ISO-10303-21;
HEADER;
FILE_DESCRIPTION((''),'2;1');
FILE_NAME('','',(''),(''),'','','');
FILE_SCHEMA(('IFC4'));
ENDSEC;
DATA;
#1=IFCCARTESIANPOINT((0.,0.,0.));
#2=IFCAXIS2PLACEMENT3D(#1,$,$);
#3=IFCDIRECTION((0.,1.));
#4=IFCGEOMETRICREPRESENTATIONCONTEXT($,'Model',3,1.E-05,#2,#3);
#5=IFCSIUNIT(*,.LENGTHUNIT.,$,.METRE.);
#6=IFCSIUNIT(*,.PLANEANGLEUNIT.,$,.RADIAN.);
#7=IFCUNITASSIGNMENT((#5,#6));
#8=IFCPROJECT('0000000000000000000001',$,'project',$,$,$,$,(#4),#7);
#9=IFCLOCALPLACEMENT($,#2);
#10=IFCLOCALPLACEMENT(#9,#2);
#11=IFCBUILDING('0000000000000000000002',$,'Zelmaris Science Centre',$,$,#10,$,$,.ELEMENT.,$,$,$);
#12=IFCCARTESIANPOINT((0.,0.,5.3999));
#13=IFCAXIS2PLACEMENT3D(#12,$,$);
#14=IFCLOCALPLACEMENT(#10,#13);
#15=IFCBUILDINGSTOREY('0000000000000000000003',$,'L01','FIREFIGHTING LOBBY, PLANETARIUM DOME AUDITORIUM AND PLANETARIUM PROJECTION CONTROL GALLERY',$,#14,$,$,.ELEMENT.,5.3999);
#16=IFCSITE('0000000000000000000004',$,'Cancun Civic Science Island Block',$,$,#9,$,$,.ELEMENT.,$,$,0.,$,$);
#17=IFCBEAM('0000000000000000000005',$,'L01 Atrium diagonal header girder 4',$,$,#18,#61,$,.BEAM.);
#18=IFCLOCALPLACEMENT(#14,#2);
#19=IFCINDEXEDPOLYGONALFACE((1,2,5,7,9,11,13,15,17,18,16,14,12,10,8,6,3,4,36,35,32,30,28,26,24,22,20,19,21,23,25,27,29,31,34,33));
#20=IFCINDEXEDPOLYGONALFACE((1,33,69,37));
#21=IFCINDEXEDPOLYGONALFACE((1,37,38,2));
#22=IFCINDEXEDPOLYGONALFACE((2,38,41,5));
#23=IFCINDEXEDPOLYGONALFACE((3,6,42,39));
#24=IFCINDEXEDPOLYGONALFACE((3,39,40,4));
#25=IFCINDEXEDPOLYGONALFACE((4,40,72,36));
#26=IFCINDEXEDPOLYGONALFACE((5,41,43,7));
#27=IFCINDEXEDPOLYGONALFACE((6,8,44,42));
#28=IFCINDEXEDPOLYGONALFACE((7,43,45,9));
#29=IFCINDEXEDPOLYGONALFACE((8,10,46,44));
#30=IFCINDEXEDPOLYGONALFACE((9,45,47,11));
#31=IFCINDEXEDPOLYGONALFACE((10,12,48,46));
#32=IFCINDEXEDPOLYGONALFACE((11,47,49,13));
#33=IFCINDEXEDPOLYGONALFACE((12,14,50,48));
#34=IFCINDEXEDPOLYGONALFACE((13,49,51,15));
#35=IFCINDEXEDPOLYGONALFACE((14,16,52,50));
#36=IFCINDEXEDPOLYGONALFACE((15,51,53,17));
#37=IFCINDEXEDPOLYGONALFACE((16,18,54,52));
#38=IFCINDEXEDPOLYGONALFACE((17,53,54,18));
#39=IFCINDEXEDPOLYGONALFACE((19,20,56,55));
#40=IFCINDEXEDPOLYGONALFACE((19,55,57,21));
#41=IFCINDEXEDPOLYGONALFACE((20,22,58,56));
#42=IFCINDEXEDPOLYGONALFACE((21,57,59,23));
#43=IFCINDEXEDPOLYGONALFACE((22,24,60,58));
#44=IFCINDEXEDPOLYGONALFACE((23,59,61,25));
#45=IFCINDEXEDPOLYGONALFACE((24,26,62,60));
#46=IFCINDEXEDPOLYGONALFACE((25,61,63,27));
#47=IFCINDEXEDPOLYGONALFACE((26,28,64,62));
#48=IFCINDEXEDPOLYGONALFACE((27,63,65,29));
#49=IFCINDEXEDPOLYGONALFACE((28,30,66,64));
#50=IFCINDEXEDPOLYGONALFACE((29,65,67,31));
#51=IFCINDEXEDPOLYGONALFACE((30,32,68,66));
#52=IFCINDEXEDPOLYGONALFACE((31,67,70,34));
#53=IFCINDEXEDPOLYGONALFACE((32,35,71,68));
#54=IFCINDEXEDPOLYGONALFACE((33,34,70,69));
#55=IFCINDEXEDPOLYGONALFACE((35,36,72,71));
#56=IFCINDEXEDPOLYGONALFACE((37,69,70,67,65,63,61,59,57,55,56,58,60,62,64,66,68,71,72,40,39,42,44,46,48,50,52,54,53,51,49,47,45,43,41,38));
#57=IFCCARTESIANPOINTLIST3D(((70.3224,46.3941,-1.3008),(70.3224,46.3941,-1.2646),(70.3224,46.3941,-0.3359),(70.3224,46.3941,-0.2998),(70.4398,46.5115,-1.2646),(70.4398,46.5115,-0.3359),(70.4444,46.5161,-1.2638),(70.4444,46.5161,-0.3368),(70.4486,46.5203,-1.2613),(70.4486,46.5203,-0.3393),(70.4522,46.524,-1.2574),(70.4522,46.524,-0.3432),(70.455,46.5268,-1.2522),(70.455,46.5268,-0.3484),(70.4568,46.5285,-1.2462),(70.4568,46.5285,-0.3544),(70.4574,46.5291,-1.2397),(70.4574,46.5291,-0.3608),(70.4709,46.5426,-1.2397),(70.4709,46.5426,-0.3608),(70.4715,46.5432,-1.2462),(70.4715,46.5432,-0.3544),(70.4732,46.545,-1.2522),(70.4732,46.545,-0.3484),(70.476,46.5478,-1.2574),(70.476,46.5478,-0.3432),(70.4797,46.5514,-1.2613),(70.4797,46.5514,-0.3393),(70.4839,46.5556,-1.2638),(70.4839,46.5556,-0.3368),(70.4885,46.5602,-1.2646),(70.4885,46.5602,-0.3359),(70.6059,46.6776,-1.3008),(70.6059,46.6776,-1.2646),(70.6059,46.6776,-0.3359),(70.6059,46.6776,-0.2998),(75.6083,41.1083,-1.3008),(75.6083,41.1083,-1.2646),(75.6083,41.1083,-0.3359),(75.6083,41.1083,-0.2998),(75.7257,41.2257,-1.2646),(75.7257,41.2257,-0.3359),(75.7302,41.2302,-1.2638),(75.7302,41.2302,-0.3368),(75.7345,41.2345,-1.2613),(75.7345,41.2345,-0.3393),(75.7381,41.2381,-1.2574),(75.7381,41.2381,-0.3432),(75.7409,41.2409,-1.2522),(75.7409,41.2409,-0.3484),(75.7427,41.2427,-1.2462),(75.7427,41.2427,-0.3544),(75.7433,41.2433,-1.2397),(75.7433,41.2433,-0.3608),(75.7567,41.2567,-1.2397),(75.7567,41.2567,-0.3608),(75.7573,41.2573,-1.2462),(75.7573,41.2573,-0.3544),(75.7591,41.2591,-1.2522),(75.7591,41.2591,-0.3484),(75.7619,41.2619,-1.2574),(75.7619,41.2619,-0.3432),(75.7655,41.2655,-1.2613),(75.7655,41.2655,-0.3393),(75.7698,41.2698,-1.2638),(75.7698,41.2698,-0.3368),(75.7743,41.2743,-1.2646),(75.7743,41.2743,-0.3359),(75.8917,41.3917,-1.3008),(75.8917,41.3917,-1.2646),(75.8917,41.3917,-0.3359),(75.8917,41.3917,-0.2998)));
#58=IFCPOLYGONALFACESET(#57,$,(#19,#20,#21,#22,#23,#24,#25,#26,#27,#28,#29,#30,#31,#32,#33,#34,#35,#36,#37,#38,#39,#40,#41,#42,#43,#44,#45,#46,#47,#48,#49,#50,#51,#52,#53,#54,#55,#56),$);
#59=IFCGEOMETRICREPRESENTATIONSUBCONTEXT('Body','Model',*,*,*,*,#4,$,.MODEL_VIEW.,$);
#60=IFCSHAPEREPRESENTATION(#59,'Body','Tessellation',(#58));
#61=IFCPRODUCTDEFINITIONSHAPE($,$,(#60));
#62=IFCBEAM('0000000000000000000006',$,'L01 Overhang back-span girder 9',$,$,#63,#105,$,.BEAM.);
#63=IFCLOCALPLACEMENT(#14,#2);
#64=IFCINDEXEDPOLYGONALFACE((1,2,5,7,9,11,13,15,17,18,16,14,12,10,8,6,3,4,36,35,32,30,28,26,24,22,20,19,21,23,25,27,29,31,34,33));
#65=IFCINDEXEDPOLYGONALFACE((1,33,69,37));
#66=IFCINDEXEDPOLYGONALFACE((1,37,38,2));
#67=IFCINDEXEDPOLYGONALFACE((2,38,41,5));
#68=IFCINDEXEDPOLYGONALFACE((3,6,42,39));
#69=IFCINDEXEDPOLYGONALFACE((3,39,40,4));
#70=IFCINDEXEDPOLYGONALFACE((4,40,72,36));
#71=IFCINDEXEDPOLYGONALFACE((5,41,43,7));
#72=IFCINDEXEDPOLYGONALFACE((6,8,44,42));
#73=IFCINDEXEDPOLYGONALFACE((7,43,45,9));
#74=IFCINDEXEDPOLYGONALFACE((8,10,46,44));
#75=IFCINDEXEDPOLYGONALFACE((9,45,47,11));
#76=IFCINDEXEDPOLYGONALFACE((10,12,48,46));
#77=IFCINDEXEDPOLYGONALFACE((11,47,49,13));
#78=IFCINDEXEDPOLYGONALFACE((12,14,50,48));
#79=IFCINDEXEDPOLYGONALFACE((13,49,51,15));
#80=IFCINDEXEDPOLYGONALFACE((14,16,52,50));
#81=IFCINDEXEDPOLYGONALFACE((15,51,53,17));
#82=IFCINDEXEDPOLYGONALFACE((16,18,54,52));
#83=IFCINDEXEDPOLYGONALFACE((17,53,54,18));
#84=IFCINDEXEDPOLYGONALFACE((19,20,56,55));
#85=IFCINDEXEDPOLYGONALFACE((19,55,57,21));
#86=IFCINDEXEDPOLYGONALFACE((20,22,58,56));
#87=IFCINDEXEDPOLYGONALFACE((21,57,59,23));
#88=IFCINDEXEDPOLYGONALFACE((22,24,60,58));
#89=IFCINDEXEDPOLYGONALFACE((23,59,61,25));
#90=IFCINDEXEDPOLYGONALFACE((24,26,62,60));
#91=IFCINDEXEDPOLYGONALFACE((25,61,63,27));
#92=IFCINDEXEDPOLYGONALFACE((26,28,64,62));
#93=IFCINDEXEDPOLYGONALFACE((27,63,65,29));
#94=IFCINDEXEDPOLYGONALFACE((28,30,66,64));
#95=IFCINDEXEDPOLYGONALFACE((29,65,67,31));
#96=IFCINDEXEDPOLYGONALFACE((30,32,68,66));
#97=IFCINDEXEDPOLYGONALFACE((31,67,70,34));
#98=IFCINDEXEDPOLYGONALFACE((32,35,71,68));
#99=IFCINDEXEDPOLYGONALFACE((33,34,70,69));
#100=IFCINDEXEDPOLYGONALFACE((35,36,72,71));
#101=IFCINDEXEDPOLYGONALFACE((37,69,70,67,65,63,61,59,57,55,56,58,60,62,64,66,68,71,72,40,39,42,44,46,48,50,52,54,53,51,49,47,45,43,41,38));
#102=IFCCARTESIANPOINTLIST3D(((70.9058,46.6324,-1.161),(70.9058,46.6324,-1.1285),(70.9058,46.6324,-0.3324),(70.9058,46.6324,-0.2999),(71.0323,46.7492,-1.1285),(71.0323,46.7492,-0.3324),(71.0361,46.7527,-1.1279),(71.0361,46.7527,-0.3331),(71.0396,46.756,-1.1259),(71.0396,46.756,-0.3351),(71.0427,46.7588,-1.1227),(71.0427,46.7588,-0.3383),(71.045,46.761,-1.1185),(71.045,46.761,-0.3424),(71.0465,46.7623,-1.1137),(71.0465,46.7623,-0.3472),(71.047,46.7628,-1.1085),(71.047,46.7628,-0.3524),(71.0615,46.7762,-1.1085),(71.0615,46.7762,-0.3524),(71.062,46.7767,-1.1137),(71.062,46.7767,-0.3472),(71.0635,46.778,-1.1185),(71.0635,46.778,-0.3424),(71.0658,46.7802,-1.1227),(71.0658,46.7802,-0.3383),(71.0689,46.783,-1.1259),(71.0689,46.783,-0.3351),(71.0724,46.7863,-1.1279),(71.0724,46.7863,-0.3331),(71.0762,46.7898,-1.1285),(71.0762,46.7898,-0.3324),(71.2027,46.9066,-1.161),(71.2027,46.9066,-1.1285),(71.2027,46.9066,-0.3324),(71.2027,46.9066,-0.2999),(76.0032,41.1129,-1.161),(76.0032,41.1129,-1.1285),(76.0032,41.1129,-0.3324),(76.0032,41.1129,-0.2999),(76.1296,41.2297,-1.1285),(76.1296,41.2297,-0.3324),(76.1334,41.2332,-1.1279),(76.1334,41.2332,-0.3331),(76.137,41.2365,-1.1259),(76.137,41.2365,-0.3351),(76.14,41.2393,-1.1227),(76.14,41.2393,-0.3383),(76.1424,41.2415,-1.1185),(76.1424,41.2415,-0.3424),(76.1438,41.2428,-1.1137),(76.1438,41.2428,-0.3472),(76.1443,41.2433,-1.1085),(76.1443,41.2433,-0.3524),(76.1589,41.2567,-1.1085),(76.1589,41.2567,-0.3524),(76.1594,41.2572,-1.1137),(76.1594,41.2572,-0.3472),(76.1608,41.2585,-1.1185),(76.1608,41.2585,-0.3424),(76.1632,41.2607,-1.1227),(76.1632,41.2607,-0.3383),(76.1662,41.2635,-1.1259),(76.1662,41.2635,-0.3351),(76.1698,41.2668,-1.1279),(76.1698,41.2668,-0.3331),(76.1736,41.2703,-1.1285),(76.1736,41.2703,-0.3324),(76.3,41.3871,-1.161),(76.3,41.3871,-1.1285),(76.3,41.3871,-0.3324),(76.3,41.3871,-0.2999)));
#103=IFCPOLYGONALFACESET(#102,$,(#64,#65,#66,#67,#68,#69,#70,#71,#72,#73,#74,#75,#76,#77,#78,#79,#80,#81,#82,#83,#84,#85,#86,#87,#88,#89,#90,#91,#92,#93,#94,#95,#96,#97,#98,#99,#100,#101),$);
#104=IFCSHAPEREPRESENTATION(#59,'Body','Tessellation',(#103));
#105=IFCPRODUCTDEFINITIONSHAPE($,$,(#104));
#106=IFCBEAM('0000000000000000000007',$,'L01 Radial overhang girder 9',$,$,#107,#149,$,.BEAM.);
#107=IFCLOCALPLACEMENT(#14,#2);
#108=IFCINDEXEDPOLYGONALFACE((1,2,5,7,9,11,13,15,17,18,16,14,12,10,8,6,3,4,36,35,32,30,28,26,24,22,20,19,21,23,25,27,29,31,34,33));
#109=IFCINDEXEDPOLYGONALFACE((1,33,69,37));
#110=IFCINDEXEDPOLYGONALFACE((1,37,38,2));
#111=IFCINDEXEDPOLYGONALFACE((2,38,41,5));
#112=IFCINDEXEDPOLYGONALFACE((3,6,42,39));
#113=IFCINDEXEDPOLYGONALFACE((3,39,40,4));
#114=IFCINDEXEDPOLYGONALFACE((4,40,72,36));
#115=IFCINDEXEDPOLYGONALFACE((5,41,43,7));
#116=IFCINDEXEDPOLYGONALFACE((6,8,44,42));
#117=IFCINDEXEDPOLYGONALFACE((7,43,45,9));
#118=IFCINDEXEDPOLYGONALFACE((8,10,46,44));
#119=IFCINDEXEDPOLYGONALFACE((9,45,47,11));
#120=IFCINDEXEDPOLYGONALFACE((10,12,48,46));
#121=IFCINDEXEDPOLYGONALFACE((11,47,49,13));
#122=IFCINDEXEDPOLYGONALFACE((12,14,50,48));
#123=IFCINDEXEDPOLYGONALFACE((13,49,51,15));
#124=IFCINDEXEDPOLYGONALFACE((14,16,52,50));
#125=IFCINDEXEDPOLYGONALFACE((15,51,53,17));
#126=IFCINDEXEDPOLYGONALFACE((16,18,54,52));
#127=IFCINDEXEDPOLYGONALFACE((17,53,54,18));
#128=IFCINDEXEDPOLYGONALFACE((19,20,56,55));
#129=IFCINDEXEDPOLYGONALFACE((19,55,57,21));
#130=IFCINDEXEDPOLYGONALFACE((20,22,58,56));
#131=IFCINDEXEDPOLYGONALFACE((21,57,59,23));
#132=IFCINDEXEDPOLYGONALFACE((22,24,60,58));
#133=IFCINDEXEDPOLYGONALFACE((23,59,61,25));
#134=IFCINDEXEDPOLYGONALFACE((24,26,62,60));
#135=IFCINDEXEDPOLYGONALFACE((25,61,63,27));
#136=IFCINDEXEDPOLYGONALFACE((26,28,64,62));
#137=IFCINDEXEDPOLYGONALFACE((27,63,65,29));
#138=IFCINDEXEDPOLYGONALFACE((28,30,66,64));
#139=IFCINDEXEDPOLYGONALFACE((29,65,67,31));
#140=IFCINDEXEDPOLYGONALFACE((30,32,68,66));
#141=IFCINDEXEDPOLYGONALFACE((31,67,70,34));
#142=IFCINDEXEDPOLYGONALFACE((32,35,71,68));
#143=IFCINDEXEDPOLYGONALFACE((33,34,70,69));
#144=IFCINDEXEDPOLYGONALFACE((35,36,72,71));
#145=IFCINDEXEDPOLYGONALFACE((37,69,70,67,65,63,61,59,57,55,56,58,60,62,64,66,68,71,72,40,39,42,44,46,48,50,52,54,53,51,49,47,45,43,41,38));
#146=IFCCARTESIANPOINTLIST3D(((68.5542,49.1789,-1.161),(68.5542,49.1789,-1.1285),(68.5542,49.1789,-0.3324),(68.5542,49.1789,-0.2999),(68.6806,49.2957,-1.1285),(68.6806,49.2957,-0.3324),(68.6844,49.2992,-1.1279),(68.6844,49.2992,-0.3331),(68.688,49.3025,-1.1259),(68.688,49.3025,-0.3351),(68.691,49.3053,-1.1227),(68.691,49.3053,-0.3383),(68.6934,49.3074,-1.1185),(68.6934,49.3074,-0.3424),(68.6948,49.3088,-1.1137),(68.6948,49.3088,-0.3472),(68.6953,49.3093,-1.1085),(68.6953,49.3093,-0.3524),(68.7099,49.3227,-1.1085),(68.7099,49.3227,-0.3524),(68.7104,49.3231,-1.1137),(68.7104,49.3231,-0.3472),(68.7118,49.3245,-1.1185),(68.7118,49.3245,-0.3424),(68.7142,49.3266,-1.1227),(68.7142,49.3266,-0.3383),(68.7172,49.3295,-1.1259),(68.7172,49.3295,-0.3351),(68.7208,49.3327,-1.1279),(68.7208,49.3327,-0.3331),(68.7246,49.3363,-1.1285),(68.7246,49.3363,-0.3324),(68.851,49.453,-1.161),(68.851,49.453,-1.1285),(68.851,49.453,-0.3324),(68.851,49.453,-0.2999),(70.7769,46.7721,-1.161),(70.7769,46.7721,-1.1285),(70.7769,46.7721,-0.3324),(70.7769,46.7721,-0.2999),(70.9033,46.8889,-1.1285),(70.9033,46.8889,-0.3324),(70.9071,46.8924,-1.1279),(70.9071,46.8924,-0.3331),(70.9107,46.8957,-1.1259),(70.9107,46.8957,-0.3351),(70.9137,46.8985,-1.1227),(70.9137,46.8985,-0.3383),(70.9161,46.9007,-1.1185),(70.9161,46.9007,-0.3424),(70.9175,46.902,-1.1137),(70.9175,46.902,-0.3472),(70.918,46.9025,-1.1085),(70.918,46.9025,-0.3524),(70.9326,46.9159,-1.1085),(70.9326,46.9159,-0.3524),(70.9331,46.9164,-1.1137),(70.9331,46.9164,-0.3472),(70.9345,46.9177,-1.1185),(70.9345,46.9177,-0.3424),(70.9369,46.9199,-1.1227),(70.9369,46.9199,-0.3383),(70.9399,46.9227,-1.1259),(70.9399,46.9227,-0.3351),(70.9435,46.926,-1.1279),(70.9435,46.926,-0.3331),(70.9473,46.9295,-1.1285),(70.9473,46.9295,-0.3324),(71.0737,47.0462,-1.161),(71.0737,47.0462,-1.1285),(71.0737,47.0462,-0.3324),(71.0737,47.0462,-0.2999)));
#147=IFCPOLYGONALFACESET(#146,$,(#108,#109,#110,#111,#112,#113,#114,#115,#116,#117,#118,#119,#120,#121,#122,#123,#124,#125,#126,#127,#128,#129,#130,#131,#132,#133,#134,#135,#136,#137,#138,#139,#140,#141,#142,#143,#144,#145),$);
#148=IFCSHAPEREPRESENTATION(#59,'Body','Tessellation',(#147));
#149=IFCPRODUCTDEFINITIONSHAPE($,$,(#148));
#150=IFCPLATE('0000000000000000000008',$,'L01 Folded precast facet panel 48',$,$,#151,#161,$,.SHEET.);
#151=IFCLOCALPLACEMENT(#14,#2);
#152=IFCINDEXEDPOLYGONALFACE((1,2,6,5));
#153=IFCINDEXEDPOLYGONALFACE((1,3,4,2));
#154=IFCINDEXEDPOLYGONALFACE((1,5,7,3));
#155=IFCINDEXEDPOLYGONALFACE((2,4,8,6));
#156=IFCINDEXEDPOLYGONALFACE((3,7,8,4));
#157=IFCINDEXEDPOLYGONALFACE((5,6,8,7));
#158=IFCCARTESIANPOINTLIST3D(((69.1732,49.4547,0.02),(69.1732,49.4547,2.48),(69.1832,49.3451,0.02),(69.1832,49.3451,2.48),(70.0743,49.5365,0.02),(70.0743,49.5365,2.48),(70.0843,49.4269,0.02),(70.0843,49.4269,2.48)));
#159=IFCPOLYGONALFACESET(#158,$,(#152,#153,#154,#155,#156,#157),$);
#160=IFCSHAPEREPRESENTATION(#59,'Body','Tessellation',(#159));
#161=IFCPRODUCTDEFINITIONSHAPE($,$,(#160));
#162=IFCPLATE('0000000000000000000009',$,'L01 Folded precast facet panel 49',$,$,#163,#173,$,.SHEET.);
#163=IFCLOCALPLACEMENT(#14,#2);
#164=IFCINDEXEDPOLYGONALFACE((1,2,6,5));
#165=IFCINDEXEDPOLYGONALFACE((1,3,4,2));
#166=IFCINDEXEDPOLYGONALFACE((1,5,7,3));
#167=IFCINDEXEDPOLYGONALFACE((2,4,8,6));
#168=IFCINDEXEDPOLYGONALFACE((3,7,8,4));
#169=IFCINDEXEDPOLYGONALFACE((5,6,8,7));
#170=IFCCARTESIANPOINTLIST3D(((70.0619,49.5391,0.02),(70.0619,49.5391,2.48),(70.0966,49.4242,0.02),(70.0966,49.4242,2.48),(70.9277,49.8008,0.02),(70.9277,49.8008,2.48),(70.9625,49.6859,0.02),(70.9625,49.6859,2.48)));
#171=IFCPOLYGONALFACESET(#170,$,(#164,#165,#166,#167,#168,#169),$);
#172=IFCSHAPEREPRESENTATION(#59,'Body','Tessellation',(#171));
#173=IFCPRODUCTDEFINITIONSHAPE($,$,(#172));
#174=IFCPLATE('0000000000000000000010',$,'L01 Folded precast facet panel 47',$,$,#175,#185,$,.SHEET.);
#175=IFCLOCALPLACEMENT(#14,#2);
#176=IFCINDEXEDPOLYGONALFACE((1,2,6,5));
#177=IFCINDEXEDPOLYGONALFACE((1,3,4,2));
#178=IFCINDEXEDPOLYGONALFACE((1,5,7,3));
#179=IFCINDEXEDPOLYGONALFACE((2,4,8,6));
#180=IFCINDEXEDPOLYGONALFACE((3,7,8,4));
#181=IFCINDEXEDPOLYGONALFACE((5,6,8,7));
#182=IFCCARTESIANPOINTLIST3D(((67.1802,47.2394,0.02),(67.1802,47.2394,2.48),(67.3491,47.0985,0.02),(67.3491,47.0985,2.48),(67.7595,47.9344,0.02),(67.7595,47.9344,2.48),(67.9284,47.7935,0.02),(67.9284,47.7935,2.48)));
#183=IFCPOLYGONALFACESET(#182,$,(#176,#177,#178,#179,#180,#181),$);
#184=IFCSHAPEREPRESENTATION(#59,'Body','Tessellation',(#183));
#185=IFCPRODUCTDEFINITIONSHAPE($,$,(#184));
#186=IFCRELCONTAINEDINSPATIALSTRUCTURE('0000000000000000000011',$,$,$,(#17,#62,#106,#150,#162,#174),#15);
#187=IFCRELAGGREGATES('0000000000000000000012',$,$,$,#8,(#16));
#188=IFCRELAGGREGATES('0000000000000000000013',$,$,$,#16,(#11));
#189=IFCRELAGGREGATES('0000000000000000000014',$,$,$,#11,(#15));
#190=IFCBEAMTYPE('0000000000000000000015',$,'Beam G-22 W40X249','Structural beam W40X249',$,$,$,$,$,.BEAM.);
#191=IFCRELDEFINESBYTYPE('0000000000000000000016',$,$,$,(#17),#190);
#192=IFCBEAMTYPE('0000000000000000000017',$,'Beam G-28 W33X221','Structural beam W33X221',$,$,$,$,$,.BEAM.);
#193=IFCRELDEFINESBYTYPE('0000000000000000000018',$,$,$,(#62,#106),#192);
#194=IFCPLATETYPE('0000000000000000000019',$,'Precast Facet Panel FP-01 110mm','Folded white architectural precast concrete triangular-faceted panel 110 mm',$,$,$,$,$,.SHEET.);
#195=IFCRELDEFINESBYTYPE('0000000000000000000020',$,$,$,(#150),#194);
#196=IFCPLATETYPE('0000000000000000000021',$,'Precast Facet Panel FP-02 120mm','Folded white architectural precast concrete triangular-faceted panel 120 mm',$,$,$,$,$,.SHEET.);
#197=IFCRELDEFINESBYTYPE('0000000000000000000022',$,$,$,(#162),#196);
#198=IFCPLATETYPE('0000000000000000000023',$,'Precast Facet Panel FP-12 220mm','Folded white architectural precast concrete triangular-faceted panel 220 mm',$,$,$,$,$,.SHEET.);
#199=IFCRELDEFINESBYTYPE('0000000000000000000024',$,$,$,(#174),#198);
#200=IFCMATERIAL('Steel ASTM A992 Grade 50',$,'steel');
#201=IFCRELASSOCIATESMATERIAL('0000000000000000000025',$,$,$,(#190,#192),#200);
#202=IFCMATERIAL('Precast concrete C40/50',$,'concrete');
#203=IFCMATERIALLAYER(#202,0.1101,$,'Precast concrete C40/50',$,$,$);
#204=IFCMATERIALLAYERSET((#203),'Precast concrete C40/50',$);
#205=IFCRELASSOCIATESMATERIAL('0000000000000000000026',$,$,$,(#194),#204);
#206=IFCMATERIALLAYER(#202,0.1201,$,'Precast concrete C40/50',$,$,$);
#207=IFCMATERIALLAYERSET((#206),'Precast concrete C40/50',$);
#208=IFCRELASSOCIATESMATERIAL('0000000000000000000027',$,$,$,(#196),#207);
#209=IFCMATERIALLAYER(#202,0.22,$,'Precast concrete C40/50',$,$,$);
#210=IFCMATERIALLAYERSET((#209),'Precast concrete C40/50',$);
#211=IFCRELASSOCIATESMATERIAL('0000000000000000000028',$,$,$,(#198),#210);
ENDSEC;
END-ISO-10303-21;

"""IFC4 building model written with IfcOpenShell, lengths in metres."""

from ifc_helpers import new_model, si_unit, direction, frame, frame_2d, origin, origin_2d, place, context, subcontext, project, spatial, rectangle, i_section, extrude, material, layer, layer_set, material_profile, profile_set, type_object, element, save


model = new_model("IFC4")

# Units and contexts
model_context = context("Model", 3, precision=1e-05, world=origin(), true_north=direction((0.0, 1.0)))
body_context = subcontext(model_context, "Body", "Model", "MODEL_VIEW")
ifc_project = project(units=[si_unit("LENGTHUNIT", "METRE"), si_unit("PLANEANGLEUNIT", "RADIAN")], contexts=[model_context])

# Site, building, storey
site_placement = place(None, origin())
site = spatial("IfcSite", under=ifc_project, at=site_placement, Name="Cancun Civic Science Island Block", CompositionType="ELEMENT", RefElevation=0.0)
building_placement = place(site_placement, origin())
building = spatial("IfcBuilding", under=site, at=building_placement, Name="Zelmaris Science Centre", CompositionType="ELEMENT")
storey_placement = place(building_placement, frame((0.0, 0.0, 5.3999)))
storey = spatial("IfcBuildingStorey", under=building, at=storey_placement, Name="L01", Description="FIREFIGHTING LOBBY, PLANETARIUM DOME AUDITORIUM AND PLANETARIUM PROJECTION CONTROL GALLERY", CompositionType="ELEMENT", Elevation=5.3999)

# Shared definitions
ifc_material_1 = material(Name="Steel ASTM A992 Grade 50", Category="steel")

# Beams
ifc_material_profile_1 = material_profile(ifc_material_1, i_section(OverallWidth=0.4009, OverallDepth=1.001, WebThickness=0.019, FlangeThickness=0.0361, FilletRadius=0.0249, at=origin_2d()), Name="W40X249")
ifc_profile_set_1 = profile_set([ifc_material_profile_1], Name="Steel ASTM A992 Grade 50")
beam_type_1 = type_object("IfcBeamType", Name="Beam G-22 W40X249", Description="Structural beam W40X249", PredefinedType="BEAM", material=ifc_profile_set_1)
beam_1_placement = place(storey_placement, frame((75.75, 41.25, -0.8003), z_axis=(-0.707107, 0.707107, 0.0), x_axis=(-0.707107, -0.707107, 0.0)))
element("IfcBeam", 1, at=beam_1_placement, inside=storey, type_object=beam_type_1, Name="L01 Atrium diagonal header girder 4", PredefinedType="BEAM", context=body_context, shape_type="SweptSolid", body=[
    extrude(i_section(OverallWidth=0.4009, OverallDepth=1.001, WebThickness=0.019, FlangeThickness=0.0361, FilletRadius=0.0249, at=origin_2d()), origin(), (0.0, 0.0, 1.0), 7.4753),
])
ifc_material_profile_2 = material_profile(ifc_material_1, i_section(OverallWidth=0.4041, OverallDepth=0.8611, WebThickness=0.0198, FlangeThickness=0.0325, FilletRadius=0.02, at=origin_2d()), Name="W33X221")
ifc_profile_set_2 = profile_set([ifc_material_profile_2], Name="Steel ASTM A992 Grade 50")
beam_type_2 = type_object("IfcBeamType", Name="Beam G-28 W33X221", Description="Structural beam W33X221", PredefinedType="BEAM", material=ifc_profile_set_2)
beam_2_placement = place(storey_placement, frame((76.1516, 41.25, -0.7305), z_axis=(-0.678457, 0.73464, 0.0), x_axis=(-0.73464, -0.678457, 0.0)))
element("IfcBeam", 2, at=beam_2_placement, inside=storey, type_object=beam_type_2, Name="L01 Overhang back-span girder 9", PredefinedType="BEAM", context=body_context, shape_type="SweptSolid", body=[
    extrude(i_section(OverallWidth=0.4041, OverallDepth=0.8611, WebThickness=0.0198, FlangeThickness=0.0325, FilletRadius=0.02, at=origin_2d()), origin(), (0.0, 0.0, 1.0), 7.5132),
])
beam_3_placement = place(storey_placement, frame((70.9253, 46.9092, -0.7305), z_axis=(-0.678453, 0.734643, 0.0), x_axis=(-0.734643, -0.678453, 0.0)))
element("IfcBeam", 3, at=beam_3_placement, inside=storey, type_object=beam_type_2, Name="L01 Radial overhang girder 9", PredefinedType="BEAM", context=body_context, shape_type="SweptSolid", body=[
    extrude(i_section(OverallWidth=0.4041, OverallDepth=0.8611, WebThickness=0.0198, FlangeThickness=0.0325, FilletRadius=0.02, at=origin_2d()), origin(), (0.0, 0.0, 1.0), 3.2761),
])

# Plates
ifc_material_2 = material(Name="Precast concrete C40/50", Category="concrete")
ifc_layer_1 = layer(ifc_material_2, 0.1101, Name="Precast concrete C40/50")
ifc_layer_set_1 = layer_set([ifc_layer_1], Name="Precast concrete C40/50")
plate_type_1 = type_object("IfcPlateType", Name="Precast Facet Panel FP-01 110mm", Description="Folded white architectural precast concrete triangular-faceted panel 110 mm", PredefinedType="SHEET", material=ifc_layer_set_1)
plate_1_placement = place(storey_placement, frame((69.1782, 49.3999, 0.02), z_axis=(0.0, 0.0, 1.0), x_axis=(0.995906, 0.09039, 0.0)))
element("IfcPlate", 4, at=plate_1_placement, inside=storey, type_object=plate_type_1, Name="L01 Folded precast facet panel 48", PredefinedType="SHEET", context=body_context, shape_type="SweptSolid", body=[
    extrude(rectangle(XDim=0.9048, YDim=0.1101, at=frame_2d((0.4524, 0.0))), origin(), (0.0, 0.0, 1.0), 2.46),
])
ifc_layer_2 = layer(ifc_material_2, 0.1201, Name="Precast concrete C40/50")
ifc_layer_set_2 = layer_set([ifc_layer_2], Name="Precast concrete C40/50")
plate_type_2 = type_object("IfcPlateType", Name="Precast Facet Panel FP-02 120mm", Description="Folded white architectural precast concrete triangular-faceted panel 120 mm", PredefinedType="SHEET", material=ifc_layer_set_2)
plate_2_placement = place(storey_placement, frame((70.0793, 49.4817, 0.02), z_axis=(0.0, 0.0, 1.0), x_axis=(0.957238, 0.289303, 0.0)))
element("IfcPlate", 5, at=plate_2_placement, inside=storey, type_object=plate_type_2, Name="L01 Folded precast facet panel 49", PredefinedType="SHEET", context=body_context, shape_type="SweptSolid", body=[
    extrude(rectangle(XDim=0.9045, YDim=0.1201, at=frame_2d((0.4521, 0.0))), origin(), (0.0, 0.0, 1.0), 2.46),
])
ifc_layer_3 = layer(ifc_material_2, 0.22, Name="Precast concrete C40/50")
ifc_layer_set_3 = layer_set([ifc_layer_3], Name="Precast concrete C40/50")
plate_type_3 = type_object("IfcPlateType", Name="Precast Facet Panel FP-12 220mm", Description="Folded white architectural precast concrete triangular-faceted panel 220 mm", PredefinedType="SHEET", material=ifc_layer_set_3)
plate_3_placement = place(storey_placement, frame((67.2646, 47.1689, 0.02), z_axis=(0.0, 0.0, 1.0), x_axis=(0.640264, 0.768155, 0.0)))
element("IfcPlate", 6, at=plate_3_placement, inside=storey, type_object=plate_type_3, Name="L01 Folded precast facet panel 47", PredefinedType="SHEET", context=body_context, shape_type="SweptSolid", body=[
    extrude(rectangle(XDim=0.9048, YDim=0.22, at=frame_2d((0.4524, 0.0))), origin(), (0.0, 0.0, 1.0), 2.46),
])

save(model, "model.ifc")
